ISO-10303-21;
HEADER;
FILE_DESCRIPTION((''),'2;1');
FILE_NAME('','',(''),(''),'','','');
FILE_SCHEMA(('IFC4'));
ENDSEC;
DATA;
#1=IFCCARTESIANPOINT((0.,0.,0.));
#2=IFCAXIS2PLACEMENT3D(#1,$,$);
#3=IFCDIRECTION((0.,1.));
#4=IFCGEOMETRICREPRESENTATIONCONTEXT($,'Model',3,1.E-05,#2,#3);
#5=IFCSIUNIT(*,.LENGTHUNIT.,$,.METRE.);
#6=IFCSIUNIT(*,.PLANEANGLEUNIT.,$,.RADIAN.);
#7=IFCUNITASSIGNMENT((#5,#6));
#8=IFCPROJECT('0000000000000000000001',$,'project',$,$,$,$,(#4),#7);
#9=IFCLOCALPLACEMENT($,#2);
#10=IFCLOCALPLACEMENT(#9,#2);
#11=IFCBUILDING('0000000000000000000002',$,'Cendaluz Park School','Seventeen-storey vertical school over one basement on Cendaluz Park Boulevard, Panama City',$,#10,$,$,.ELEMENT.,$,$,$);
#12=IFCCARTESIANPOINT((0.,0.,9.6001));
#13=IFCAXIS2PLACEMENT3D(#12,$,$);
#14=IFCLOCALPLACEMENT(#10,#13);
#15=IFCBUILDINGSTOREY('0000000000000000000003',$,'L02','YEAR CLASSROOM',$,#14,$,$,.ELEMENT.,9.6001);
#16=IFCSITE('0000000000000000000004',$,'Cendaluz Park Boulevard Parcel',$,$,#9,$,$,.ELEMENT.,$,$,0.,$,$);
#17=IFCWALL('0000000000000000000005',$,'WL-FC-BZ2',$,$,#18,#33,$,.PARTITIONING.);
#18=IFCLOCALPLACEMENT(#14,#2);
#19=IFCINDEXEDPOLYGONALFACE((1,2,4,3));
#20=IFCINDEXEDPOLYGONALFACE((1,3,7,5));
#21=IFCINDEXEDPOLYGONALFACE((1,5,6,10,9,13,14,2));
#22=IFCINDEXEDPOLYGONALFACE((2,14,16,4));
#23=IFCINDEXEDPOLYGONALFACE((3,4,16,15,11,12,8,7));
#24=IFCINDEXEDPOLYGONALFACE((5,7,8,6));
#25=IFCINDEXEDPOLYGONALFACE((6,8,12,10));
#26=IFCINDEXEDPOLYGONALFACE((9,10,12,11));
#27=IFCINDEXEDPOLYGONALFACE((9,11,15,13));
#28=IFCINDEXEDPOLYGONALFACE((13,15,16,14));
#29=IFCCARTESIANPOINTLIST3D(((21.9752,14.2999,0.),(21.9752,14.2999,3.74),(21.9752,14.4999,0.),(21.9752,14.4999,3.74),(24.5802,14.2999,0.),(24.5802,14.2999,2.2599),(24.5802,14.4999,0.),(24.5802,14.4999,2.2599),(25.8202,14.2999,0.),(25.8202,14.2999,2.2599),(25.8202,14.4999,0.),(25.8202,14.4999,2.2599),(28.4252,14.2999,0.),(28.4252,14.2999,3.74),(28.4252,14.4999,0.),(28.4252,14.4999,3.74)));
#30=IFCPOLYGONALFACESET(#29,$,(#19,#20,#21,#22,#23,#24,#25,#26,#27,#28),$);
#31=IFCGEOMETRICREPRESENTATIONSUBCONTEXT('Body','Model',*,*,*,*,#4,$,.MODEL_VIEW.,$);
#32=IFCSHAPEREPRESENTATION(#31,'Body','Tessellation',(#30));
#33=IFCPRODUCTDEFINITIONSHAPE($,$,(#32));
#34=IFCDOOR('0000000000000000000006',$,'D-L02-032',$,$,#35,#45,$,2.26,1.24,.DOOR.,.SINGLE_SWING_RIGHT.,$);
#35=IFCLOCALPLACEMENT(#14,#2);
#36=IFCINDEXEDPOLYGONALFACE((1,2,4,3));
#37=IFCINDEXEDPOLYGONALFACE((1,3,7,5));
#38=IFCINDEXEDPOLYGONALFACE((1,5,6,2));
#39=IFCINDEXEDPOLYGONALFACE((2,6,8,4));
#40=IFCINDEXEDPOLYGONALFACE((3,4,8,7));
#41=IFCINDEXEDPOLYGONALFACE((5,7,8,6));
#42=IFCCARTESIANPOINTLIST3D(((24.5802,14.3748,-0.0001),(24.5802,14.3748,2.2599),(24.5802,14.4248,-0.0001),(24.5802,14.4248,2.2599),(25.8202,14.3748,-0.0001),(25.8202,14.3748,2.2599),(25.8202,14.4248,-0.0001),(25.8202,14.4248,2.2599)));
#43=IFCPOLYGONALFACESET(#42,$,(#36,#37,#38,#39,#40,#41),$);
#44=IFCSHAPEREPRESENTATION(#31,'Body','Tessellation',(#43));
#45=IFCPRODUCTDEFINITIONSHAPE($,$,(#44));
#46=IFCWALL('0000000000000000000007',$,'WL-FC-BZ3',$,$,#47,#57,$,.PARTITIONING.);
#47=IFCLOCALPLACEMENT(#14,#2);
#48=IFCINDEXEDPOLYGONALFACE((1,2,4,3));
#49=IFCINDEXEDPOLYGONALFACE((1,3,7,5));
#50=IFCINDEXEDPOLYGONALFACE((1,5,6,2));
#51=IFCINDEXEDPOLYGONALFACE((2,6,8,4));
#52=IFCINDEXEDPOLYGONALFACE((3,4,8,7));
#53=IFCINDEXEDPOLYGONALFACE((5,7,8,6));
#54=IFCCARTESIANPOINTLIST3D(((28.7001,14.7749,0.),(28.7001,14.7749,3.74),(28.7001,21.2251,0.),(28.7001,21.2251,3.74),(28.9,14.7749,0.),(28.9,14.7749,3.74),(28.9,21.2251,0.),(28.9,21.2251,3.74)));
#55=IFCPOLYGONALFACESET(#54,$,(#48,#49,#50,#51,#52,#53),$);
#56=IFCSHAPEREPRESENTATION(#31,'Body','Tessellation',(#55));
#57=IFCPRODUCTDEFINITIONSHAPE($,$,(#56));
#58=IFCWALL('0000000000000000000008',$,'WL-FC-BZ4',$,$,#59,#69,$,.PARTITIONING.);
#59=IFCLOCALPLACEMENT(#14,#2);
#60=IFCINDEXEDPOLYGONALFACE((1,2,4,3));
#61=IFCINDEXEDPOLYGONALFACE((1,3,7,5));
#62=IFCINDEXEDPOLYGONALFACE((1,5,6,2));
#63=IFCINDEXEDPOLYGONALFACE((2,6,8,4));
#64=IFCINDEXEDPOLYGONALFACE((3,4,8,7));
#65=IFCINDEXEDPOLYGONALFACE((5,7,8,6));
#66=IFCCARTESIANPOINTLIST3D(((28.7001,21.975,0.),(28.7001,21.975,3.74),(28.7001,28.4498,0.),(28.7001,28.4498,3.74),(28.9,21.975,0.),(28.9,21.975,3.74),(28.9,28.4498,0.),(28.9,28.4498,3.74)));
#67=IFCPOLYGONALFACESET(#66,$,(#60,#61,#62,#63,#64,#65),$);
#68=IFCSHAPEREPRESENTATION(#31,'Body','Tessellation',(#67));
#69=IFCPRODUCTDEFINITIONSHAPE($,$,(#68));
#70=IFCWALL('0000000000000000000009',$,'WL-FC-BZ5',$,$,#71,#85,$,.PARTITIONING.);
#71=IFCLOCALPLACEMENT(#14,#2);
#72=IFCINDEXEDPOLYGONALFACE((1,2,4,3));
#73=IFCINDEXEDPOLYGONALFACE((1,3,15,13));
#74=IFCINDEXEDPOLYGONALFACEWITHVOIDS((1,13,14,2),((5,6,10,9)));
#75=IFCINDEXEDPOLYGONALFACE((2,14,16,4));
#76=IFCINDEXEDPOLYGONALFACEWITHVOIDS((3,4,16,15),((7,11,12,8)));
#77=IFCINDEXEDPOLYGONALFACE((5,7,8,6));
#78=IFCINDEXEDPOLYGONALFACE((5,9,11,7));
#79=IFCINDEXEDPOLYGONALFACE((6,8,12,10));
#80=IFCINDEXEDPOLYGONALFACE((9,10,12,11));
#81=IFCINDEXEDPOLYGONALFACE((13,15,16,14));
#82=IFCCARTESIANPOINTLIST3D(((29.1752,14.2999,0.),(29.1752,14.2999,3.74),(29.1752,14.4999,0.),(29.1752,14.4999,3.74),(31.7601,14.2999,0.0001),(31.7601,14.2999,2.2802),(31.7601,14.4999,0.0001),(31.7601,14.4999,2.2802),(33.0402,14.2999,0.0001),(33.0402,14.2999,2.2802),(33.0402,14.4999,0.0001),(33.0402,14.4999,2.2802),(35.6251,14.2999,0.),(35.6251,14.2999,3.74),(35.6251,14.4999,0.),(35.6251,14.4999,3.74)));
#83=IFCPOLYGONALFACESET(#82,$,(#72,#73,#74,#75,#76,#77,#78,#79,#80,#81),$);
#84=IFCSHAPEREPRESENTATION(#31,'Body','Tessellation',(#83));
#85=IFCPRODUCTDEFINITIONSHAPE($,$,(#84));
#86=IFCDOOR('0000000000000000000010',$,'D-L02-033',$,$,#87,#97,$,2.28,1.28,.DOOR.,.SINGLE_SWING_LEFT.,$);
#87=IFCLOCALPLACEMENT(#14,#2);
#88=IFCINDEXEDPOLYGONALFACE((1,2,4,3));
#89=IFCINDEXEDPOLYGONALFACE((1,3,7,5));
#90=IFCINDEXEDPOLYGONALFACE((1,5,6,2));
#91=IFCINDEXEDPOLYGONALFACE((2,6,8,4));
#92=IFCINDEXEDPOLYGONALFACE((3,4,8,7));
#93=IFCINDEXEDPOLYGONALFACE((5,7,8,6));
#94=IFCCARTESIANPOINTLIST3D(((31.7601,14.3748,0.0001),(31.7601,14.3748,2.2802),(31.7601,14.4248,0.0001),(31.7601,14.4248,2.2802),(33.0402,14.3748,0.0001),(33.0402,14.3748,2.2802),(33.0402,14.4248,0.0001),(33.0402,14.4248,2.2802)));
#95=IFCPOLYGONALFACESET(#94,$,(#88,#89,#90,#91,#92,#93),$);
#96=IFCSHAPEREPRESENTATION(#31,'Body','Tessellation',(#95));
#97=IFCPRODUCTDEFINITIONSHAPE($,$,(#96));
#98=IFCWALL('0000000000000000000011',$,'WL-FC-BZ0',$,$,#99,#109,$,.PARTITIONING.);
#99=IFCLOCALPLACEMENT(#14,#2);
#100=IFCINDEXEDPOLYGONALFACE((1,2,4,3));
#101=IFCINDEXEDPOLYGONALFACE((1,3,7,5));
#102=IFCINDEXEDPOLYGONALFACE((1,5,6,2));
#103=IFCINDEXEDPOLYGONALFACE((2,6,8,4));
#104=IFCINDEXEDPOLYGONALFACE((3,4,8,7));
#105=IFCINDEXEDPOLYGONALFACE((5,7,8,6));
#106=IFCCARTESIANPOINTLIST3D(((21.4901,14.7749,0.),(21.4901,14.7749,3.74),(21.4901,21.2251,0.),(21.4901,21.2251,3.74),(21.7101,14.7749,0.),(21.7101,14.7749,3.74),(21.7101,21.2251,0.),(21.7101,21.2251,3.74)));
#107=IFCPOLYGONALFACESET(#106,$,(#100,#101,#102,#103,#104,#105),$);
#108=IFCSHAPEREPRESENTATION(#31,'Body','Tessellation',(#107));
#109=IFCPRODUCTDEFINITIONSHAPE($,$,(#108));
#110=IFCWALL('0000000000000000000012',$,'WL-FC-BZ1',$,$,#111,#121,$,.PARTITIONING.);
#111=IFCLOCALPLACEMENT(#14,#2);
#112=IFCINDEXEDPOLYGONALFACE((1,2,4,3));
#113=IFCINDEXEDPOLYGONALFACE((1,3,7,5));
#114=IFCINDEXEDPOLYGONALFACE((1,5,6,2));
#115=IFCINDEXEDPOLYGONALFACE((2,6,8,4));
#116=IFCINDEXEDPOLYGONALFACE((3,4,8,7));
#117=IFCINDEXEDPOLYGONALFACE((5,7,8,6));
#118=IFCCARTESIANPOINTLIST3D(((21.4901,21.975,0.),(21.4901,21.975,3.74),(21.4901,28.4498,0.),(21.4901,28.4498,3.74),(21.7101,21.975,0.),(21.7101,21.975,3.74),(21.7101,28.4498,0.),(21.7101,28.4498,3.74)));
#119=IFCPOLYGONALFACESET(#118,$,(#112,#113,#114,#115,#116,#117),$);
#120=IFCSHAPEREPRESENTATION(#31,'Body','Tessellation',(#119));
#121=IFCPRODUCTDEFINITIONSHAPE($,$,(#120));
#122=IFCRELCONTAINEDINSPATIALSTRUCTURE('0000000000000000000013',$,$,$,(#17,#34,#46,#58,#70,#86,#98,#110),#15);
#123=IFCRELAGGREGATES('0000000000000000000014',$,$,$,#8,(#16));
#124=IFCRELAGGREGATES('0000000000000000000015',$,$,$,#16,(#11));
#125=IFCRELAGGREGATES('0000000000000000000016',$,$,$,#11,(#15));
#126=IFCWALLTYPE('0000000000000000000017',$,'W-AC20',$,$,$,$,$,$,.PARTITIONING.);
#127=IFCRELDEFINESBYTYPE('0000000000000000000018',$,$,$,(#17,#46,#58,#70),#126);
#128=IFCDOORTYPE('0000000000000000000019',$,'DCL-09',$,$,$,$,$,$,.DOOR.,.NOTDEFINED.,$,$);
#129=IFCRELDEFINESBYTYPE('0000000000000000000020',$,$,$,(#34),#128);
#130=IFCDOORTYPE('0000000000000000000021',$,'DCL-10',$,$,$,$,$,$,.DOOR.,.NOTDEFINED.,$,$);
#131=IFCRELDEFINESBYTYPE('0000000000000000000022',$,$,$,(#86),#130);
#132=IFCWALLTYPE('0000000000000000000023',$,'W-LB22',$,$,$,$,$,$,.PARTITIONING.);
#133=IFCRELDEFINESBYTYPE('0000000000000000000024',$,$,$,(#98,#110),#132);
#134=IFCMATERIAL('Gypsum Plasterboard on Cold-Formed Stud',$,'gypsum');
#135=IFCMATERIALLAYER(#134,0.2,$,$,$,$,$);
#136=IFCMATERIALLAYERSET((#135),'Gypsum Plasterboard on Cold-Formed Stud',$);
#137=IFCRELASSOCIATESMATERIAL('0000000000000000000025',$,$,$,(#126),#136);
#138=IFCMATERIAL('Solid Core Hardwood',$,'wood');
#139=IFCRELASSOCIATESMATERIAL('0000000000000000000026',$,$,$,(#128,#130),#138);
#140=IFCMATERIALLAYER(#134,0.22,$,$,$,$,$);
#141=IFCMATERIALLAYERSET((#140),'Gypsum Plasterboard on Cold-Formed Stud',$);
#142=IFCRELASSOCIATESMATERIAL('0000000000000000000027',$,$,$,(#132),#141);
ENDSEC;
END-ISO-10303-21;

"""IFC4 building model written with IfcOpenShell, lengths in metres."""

from ifc_helpers import new_model, si_unit, direction, frame, frame_2d, origin, place, context, subcontext, project, spatial, rectangle, extrude, material, layer, layer_set, type_object, element, fill, save


model = new_model("IFC4")

# Units and contexts
model_context = context("Model", 3, precision=1e-05, world=origin(), true_north=direction((0.0, 1.0)))
body_context = subcontext(model_context, "Body", "Model", "MODEL_VIEW")
ifc_project = project(units=[si_unit("LENGTHUNIT", "METRE"), si_unit("PLANEANGLEUNIT", "RADIAN")], contexts=[model_context])

# Site, building, storey
site_placement = place(None, origin())
site = spatial("IfcSite", under=ifc_project, at=site_placement, Name="Cendaluz Park Boulevard Parcel", CompositionType="ELEMENT", RefElevation=0.0)
building_placement = place(site_placement, origin())
building = spatial("IfcBuilding", under=site, at=building_placement, Name="Cendaluz Park School", Description="Seventeen-storey vertical school over one basement on Cendaluz Park Boulevard, Panama City", CompositionType="ELEMENT")
storey_placement = place(building_placement, frame((0.0, 0.0, 9.6001)))
storey = spatial("IfcBuildingStorey", under=building, at=storey_placement, Name="L02", Description="YEAR CLASSROOM", CompositionType="ELEMENT", Elevation=9.6001)

# Wall, opening, door
ifc_material_1 = material(Name="Gypsum Plasterboard on Cold-Formed Stud", Category="gypsum")
ifc_layer_1 = layer(ifc_material_1, 0.2)
ifc_layer_set_1 = layer_set([ifc_layer_1], Name="Gypsum Plasterboard on Cold-Formed Stud")
wall_type_1 = type_object("IfcWallType", Name="W-AC20", PredefinedType="PARTITIONING", material=ifc_layer_set_1)
wall_1_placement = place(storey_placement, frame((21.9751, 14.3999, 0.0), z_axis=(0.0, 0.0, 1.0), x_axis=(1.0, 0.0, 0.0)))
wall_1 = element("IfcWall", 1, at=wall_1_placement, inside=storey, type_object=wall_type_1, Name="WL-FC-BZ2", PredefinedType="PARTITIONING", context=body_context, shape_type="SweptSolid", body=[
    extrude(rectangle(XDim=6.45, YDim=0.2, at=frame_2d((3.2251, 0.0))), origin(), (0.0, 0.0, 1.0), 3.74),
])
opening_1_placement = place(wall_1_placement, frame((2.605, 0.0, 0.0)))
opening_1 = element("IfcOpeningElement", 2, at=opening_1_placement, cuts=wall_1, PredefinedType="OPENING", context=body_context, shape_type="SweptSolid", body=[
    extrude(rectangle(XDim=1.24, YDim=2.26, at=frame_2d((0.6201, 1.1299))), frame((0.0, 0.1121, 0.0), z_axis=(0.0, -1.0, 0.0), x_axis=(1.0, 0.0, 0.0)), (0.0, 0.0, 1.0), 0.2239),
])
ifc_material_2 = material(Name="Solid Core Hardwood", Category="wood")
door_type_1 = type_object("IfcDoorType", Name="DCL-09", OperationType="NOTDEFINED", PredefinedType="DOOR", material=ifc_material_2)
door_1_placement = place(opening_1_placement, origin())
door_1 = element("IfcDoor", 3, at=door_1_placement, inside=storey, type_object=door_type_1, Name="D-L02-032", OperationType="SINGLE_SWING_RIGHT", OverallHeight=2.26, OverallWidth=1.24, PredefinedType="DOOR", context=body_context, shape_type="SweptSolid", body=[
    extrude(rectangle(XDim=1.24, YDim=2.26, at=frame_2d((0.6201, 1.1299))), frame((0.0, 0.0249, 0.0), z_axis=(0.0, -1.0, 0.0), x_axis=(1.0, 0.0, 0.0)), (0.0, 0.0, 1.0), 0.05),
])
fill(opening_1, door_1)

# Walls
wall_2_placement = place(storey_placement, frame((28.8, 14.7749, 0.0), z_axis=(0.0, 0.0, 1.0), x_axis=(0.0, 1.0, 0.0)))
element("IfcWall", 4, at=wall_2_placement, inside=storey, type_object=wall_type_1, Name="WL-FC-BZ3", PredefinedType="PARTITIONING", context=body_context, shape_type="SweptSolid", body=[
    extrude(rectangle(XDim=6.4502, YDim=0.2, at=frame_2d((3.2251, 0.0))), origin(), (0.0, 0.0, 1.0), 3.74),
])
wall_3_placement = place(storey_placement, frame((28.8, 21.9751, 0.0), z_axis=(0.0, 0.0, 1.0), x_axis=(0.0, 1.0, 0.0)))
element("IfcWall", 5, at=wall_3_placement, inside=storey, type_object=wall_type_1, Name="WL-FC-BZ4", PredefinedType="PARTITIONING", context=body_context, shape_type="SweptSolid", body=[
    extrude(rectangle(XDim=6.4749, YDim=0.2, at=frame_2d((3.2373, 0.0))), origin(), (0.0, 0.0, 1.0), 3.74),
])

# Wall, opening, door
wall_4_placement = place(storey_placement, frame((29.175, 14.3999, 0.0), z_axis=(0.0, 0.0, 1.0), x_axis=(1.0, 0.0, 0.0)))
wall_4 = element("IfcWall", 6, at=wall_4_placement, inside=storey, type_object=wall_type_1, Name="WL-FC-BZ5", PredefinedType="PARTITIONING", context=body_context, shape_type="SweptSolid", body=[
    extrude(rectangle(XDim=6.45, YDim=0.2, at=frame_2d((3.2251, 0.0))), origin(), (0.0, 0.0, 1.0), 3.74),
])
opening_2_placement = place(wall_4_placement, frame((2.585, 0.0, 0.0)))
opening_2 = element("IfcOpeningElement", 7, at=opening_2_placement, cuts=wall_4, PredefinedType="OPENING", context=body_context, shape_type="SweptSolid", body=[
    extrude(rectangle(XDim=1.28, YDim=2.28, at=frame_2d((0.6401, 1.1401))), frame((0.0, 0.1121, 0.0), z_axis=(0.0, -1.0, 0.0), x_axis=(1.0, 0.0, 0.0)), (0.0, 0.0, 1.0), 0.2239),
])
door_type_2 = type_object("IfcDoorType", Name="DCL-10", OperationType="NOTDEFINED", PredefinedType="DOOR", material=ifc_material_2)
door_2_placement = place(opening_2_placement, origin())
door_2 = element("IfcDoor", 8, at=door_2_placement, inside=storey, type_object=door_type_2, Name="D-L02-033", OperationType="SINGLE_SWING_LEFT", OverallHeight=2.28, OverallWidth=1.28, PredefinedType="DOOR", context=body_context, shape_type="SweptSolid", body=[
    extrude(rectangle(XDim=1.28, YDim=2.28, at=frame_2d((0.6401, 1.1401))), frame((0.0, 0.0249, 0.0), z_axis=(0.0, -1.0, 0.0), x_axis=(1.0, 0.0, 0.0)), (0.0, 0.0, 1.0), 0.05),
])
fill(opening_2, door_2)

# Walls
ifc_layer_2 = layer(ifc_material_1, 0.22)
ifc_layer_set_2 = layer_set([ifc_layer_2], Name="Gypsum Plasterboard on Cold-Formed Stud")
wall_type_2 = type_object("IfcWallType", Name="W-LB22", PredefinedType="PARTITIONING", material=ifc_layer_set_2)
wall_5_placement = place(storey_placement, frame((21.6001, 14.7749, 0.0), z_axis=(0.0, 0.0, 1.0), x_axis=(0.0, 1.0, 0.0)))
element("IfcWall", 9, at=wall_5_placement, inside=storey, type_object=wall_type_2, Name="WL-FC-BZ0", PredefinedType="PARTITIONING", context=body_context, shape_type="SweptSolid", body=[
    extrude(rectangle(XDim=6.4502, YDim=0.22, at=frame_2d((3.2251, 0.0))), origin(), (0.0, 0.0, 1.0), 3.74),
])
wall_6_placement = place(storey_placement, frame((21.6001, 21.9751, 0.0), z_axis=(0.0, 0.0, 1.0), x_axis=(0.0, 1.0, 0.0)))
element("IfcWall", 10, at=wall_6_placement, inside=storey, type_object=wall_type_2, Name="WL-FC-BZ1", PredefinedType="PARTITIONING", context=body_context, shape_type="SweptSolid", body=[
    extrude(rectangle(XDim=6.4749, YDim=0.22, at=frame_2d((3.2373, 0.0))), origin(), (0.0, 0.0, 1.0), 3.74),
])

save(model, "model.ifc")
